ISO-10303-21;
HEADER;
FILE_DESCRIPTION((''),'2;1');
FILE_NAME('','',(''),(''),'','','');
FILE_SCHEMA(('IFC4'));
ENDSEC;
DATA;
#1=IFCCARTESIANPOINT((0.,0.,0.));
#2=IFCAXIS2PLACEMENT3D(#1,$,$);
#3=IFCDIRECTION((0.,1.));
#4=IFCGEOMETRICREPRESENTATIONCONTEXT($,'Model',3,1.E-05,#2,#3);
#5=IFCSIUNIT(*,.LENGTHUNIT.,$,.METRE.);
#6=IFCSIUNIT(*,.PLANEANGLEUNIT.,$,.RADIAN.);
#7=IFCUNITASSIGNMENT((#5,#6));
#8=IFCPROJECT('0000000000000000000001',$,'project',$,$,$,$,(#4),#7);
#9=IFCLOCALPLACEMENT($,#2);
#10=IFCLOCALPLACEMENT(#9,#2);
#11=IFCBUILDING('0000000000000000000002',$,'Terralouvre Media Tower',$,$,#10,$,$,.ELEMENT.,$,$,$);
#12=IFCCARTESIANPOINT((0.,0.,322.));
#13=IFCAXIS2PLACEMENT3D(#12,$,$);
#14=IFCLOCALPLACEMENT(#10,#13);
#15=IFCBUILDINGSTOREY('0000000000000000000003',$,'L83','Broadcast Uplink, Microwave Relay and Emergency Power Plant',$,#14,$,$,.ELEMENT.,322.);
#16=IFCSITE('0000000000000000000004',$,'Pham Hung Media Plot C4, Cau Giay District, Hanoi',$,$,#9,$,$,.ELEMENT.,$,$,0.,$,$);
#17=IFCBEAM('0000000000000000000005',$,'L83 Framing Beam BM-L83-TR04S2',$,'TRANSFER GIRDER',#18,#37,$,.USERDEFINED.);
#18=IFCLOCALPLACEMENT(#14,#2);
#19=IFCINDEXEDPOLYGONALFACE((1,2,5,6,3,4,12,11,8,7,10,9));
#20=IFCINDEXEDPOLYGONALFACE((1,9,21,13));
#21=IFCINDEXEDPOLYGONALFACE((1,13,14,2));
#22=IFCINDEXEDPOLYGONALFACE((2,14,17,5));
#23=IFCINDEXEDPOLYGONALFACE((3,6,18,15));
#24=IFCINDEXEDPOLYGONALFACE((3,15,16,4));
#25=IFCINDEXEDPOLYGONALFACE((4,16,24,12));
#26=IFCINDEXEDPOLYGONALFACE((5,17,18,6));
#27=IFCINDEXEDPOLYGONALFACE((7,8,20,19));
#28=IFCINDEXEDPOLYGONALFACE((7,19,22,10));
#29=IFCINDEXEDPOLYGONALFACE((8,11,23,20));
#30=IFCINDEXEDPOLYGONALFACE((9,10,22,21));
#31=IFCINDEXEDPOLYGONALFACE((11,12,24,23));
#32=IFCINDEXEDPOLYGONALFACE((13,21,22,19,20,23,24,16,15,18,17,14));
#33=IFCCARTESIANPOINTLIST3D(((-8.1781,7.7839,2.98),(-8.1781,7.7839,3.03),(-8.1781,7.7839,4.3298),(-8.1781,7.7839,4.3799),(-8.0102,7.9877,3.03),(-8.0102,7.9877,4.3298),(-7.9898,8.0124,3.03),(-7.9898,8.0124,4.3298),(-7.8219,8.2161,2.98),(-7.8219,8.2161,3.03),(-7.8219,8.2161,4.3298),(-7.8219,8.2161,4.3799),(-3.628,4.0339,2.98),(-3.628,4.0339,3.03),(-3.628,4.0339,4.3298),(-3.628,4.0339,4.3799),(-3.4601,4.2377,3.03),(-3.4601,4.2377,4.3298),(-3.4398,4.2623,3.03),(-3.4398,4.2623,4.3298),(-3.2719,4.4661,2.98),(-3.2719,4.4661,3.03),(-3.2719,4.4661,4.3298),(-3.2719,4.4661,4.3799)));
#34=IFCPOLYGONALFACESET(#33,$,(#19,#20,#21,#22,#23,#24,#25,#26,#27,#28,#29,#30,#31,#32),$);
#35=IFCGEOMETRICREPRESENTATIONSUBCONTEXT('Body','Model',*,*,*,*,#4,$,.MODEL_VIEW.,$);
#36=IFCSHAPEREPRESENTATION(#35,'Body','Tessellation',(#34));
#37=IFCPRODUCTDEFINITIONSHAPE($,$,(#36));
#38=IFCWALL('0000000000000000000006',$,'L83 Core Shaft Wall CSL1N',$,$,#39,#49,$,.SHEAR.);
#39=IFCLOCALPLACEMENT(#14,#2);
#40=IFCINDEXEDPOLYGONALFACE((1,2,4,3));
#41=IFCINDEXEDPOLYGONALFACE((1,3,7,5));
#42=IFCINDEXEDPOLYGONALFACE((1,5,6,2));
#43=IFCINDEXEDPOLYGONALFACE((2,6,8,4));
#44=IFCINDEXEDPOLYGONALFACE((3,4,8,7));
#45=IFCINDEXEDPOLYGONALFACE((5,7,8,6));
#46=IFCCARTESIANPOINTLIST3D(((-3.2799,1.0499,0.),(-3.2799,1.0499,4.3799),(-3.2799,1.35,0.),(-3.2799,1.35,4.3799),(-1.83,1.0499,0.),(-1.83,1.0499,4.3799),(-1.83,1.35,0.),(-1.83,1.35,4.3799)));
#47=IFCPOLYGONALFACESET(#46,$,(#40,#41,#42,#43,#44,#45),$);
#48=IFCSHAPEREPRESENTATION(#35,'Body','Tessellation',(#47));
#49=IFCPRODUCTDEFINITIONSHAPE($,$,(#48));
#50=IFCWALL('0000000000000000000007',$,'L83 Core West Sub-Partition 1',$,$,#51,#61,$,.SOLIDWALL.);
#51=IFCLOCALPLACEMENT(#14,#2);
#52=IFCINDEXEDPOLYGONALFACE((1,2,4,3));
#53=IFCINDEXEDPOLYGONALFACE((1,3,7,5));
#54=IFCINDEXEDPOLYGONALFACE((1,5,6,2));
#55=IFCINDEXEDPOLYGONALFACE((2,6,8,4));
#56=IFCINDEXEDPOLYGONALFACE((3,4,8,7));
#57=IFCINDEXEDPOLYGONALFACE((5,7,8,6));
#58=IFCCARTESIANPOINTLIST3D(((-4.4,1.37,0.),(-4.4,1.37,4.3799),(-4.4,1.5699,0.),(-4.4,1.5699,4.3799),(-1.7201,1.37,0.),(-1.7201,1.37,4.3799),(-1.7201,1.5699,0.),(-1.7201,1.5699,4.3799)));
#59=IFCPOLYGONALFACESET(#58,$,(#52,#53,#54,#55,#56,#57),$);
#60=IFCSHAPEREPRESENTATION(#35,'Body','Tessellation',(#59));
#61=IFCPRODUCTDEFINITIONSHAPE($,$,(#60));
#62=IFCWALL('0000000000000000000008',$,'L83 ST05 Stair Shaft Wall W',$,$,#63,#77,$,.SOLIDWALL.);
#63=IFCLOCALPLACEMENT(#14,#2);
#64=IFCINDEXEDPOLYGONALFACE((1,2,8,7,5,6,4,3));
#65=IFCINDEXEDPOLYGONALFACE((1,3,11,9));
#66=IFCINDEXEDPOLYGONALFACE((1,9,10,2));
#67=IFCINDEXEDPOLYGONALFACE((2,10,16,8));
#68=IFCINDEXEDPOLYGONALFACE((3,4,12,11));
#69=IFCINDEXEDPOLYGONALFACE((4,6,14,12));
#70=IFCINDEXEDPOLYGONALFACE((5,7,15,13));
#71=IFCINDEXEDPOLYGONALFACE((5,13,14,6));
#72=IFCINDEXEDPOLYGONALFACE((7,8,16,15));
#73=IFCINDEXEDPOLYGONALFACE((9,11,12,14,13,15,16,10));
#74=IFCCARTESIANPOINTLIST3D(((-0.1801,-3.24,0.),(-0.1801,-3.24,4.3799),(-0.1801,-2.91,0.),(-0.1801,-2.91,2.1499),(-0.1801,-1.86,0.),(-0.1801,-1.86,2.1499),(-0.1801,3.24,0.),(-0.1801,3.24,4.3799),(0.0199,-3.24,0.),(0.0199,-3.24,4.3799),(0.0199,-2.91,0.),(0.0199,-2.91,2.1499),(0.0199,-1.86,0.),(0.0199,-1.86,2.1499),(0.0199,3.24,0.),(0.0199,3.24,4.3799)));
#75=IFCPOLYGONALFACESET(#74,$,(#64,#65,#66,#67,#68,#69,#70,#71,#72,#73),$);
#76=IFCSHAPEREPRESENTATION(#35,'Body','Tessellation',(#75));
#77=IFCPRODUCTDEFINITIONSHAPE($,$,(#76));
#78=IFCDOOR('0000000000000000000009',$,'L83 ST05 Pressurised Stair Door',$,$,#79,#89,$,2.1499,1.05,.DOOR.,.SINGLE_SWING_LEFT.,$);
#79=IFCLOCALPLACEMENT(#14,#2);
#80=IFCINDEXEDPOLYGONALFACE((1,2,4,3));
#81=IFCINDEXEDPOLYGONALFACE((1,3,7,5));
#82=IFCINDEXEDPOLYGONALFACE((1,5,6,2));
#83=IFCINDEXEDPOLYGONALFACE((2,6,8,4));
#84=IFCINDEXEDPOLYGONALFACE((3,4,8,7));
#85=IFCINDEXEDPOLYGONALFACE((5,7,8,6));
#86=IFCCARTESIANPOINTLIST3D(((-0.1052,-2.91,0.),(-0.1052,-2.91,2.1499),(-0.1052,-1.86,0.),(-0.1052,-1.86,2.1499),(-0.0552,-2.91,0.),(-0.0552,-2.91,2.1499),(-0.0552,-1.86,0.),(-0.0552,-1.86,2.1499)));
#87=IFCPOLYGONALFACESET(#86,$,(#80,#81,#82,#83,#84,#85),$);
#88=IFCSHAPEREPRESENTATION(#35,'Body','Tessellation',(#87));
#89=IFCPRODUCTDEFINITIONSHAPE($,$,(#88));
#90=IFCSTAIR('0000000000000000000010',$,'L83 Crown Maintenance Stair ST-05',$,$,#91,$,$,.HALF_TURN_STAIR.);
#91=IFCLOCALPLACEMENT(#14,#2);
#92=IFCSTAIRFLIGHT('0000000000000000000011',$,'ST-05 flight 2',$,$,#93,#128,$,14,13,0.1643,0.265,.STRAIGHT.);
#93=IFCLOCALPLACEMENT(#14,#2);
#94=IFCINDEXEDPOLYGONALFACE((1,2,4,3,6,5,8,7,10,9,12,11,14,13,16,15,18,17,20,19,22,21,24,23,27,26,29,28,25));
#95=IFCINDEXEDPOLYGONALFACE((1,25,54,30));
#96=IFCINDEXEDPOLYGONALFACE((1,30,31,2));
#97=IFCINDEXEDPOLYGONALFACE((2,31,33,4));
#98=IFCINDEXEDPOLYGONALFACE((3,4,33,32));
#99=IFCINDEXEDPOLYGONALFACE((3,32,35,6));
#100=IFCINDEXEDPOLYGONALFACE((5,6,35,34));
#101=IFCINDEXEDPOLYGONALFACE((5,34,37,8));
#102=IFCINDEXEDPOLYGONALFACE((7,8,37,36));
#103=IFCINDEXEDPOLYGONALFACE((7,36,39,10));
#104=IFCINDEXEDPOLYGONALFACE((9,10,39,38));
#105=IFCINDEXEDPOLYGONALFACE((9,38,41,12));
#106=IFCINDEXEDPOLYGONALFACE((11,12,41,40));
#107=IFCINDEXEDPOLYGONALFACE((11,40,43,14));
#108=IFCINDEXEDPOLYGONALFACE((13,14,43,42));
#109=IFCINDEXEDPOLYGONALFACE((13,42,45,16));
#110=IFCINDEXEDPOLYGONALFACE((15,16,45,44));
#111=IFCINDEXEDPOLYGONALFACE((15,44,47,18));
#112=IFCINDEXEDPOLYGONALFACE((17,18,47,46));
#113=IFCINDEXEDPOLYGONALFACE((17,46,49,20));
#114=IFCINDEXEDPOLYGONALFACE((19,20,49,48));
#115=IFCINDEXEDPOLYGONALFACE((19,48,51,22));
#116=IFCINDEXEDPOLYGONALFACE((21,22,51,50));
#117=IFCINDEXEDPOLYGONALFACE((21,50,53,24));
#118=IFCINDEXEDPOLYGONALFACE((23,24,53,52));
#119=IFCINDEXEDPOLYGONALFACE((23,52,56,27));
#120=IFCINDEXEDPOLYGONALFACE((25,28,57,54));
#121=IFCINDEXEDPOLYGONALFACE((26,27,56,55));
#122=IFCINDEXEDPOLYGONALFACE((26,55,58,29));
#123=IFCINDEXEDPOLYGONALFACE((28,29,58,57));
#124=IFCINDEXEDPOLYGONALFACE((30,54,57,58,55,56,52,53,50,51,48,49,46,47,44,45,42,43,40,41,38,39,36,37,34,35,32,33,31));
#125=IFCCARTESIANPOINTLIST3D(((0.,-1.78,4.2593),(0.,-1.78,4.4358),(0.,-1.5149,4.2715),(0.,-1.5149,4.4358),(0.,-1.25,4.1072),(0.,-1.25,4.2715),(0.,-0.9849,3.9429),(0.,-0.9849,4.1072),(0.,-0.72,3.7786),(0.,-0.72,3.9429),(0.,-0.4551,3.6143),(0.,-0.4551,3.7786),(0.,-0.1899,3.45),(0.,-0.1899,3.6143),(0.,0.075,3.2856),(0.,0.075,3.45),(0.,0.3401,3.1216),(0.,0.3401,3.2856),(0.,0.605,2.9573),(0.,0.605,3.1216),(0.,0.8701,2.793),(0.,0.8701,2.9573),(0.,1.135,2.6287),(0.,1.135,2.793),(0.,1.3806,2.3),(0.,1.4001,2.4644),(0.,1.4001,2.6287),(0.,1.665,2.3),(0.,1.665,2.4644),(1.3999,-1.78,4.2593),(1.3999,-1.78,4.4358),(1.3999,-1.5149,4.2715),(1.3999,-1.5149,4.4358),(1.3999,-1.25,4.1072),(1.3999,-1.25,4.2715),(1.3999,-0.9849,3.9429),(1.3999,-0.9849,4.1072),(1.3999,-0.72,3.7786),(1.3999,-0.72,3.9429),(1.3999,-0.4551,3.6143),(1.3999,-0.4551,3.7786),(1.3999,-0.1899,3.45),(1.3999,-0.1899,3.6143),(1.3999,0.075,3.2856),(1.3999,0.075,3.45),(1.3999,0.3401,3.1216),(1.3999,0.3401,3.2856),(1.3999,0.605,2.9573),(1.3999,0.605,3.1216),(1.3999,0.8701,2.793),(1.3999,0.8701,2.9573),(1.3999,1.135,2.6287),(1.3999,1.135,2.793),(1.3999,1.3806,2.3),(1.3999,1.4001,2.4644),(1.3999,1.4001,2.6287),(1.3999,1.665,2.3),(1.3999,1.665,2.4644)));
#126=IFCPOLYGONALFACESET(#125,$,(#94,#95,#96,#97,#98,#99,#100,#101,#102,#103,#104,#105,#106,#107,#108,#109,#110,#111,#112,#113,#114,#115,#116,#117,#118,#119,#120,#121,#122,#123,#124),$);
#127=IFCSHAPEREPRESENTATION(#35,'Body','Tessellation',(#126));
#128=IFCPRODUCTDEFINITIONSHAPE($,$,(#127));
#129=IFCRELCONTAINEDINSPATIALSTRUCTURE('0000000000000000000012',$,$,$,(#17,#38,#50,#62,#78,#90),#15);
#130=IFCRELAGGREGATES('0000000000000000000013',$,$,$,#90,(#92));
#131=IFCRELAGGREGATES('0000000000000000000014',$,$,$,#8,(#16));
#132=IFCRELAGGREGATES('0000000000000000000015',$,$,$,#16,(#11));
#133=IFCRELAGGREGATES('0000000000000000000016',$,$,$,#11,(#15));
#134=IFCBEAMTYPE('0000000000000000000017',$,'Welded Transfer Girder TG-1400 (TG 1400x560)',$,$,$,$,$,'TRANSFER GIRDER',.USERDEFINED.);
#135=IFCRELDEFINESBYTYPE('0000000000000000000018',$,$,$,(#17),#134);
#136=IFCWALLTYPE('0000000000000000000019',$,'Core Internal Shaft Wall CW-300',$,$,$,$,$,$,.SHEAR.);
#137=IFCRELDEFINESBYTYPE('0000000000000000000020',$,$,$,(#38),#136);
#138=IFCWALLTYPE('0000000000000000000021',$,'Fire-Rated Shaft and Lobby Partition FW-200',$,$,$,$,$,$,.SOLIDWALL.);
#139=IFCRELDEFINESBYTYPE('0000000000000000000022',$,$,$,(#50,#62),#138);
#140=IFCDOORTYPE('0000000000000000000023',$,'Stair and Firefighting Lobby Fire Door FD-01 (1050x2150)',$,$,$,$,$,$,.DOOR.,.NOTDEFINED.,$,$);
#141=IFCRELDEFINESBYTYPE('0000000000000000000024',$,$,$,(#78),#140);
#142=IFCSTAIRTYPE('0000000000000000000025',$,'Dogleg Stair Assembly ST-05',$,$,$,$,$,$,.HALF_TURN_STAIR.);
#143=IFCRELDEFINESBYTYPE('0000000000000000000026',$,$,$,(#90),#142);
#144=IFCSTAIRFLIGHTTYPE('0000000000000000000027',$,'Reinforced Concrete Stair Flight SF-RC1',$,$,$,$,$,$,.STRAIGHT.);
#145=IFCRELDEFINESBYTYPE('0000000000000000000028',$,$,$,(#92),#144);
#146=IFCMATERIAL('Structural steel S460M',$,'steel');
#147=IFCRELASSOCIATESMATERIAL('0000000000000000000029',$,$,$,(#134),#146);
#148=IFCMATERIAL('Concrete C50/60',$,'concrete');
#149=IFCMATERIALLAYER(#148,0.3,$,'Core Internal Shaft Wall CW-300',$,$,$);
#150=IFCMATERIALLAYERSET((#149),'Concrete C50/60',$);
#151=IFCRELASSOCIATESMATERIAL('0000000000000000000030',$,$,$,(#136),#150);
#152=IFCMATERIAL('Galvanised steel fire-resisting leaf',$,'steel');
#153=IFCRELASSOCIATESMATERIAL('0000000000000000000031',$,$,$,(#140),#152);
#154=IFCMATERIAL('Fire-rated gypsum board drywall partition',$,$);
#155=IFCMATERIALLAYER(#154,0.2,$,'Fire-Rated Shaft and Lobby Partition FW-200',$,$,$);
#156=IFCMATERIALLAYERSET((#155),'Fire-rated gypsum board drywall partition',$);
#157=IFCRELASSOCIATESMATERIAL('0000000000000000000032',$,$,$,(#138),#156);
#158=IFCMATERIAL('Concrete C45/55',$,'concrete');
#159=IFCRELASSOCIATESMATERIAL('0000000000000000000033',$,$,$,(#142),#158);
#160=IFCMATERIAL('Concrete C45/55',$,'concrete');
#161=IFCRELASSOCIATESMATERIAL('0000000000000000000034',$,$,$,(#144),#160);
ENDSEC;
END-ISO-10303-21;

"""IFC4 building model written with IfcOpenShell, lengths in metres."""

from ifc_helpers import new_model, si_unit, direction, frame, frame_2d, origin, origin_2d, place, context, subcontext, project, spatial, polyline, rectangle, i_section, outline, extrude, material, layer, layer_set, material_profile, profile_set, type_object, element, fill, aggregate, save


model = new_model("IFC4")

# Units and contexts
model_context = context("Model", 3, precision=1e-05, world=origin(), true_north=direction((0.0, 1.0)))
body_context = subcontext(model_context, "Body", "Model", "MODEL_VIEW")
ifc_project = project(units=[si_unit("LENGTHUNIT", "METRE"), si_unit("PLANEANGLEUNIT", "RADIAN")], contexts=[model_context])

# Site, building, storey
site_placement = place(None, origin())
site = spatial("IfcSite", under=ifc_project, at=site_placement, Name="Pham Hung Media Plot C4, Cau Giay District, Hanoi", CompositionType="ELEMENT", RefElevation=0.0)
building_placement = place(site_placement, origin())
building = spatial("IfcBuilding", under=site, at=building_placement, Name="Terralouvre Media Tower", CompositionType="ELEMENT")
storey_placement = place(building_placement, frame((0.0, 0.0, 322.0)))
storey = spatial("IfcBuildingStorey", under=building, at=storey_placement, Name="L83", Description="Broadcast Uplink, Microwave Relay and Emergency Power Plant", CompositionType="ELEMENT", Elevation=322.0)

# Beam
ifc_material_1 = material(Name="Structural steel S460M", Category="steel")
ifc_material_profile_1 = material_profile(ifc_material_1, i_section(OverallWidth=0.5601, OverallDepth=1.3999, WebThickness=0.032, FlangeThickness=0.05, at=origin_2d()), Name="TG 1400x560")
ifc_profile_set_1 = profile_set([ifc_material_profile_1], Name="Structural steel S460M")
beam_type_1 = type_object("IfcBeamType", Name="Welded Transfer Girder TG-1400 (TG 1400x560)", ElementType="TRANSFER GIRDER", PredefinedType="USERDEFINED", material=ifc_profile_set_1)
beam_1_placement = place(storey_placement, frame((-3.45, 4.25, 3.6799), z_axis=(-0.771689, 0.636, 0.0), x_axis=(-0.636, -0.771689, 0.0)))
element("IfcBeam", 1, at=beam_1_placement, inside=storey, type_object=beam_type_1, Name="L83 Framing Beam BM-L83-TR04S2", ObjectType="TRANSFER GIRDER", PredefinedType="USERDEFINED", context=body_context, shape_type="SweptSolid", body=[
    extrude(i_section(OverallWidth=0.5601, OverallDepth=1.3999, WebThickness=0.032, FlangeThickness=0.05, at=origin_2d()), origin(), (0.0, 0.0, 1.0), 5.8962),
])

# Shared definitions
ifc_material_2 = material(Name="Concrete C50/60", Category="concrete")
ifc_layer_1 = layer(ifc_material_2, 0.3, Name="Core Internal Shaft Wall CW-300")
ifc_layer_set_1 = layer_set([ifc_layer_1], Name="Concrete C50/60")
wall_type_1 = type_object("IfcWallType", Name="Core Internal Shaft Wall CW-300", PredefinedType="SHEAR", material=ifc_layer_set_1)
ifc_material_3 = material(Name="Galvanised steel fire-resisting leaf", Category="steel")
door_type = type_object("IfcDoorType", Name="Stair and Firefighting Lobby Fire Door FD-01 (1050x2150)", OperationType="NOTDEFINED", PredefinedType="DOOR", material=ifc_material_3)

# Walls
wall_1_placement = place(storey_placement, frame((-3.28, 1.2, 0.0), z_axis=(0.0, 0.0, 1.0), x_axis=(1.0, 0.0, 0.0)))
element("IfcWall", 2, at=wall_1_placement, inside=storey, type_object=wall_type_1, Name="L83 Core Shaft Wall CSL1N", PredefinedType="SHEAR", context=body_context, shape_type="SweptSolid", body=[
    extrude(rectangle(XDim=1.45, YDim=0.3, at=frame_2d((0.7251, 0.0))), origin(), (0.0, 0.0, 1.0), 4.3799),
])
ifc_material_4 = material(Name="Fire-rated gypsum board drywall partition")
ifc_layer_2 = layer(ifc_material_4, 0.2, Name="Fire-Rated Shaft and Lobby Partition FW-200")
ifc_layer_set_2 = layer_set([ifc_layer_2], Name="Fire-rated gypsum board drywall partition")
wall_type_2 = type_object("IfcWallType", Name="Fire-Rated Shaft and Lobby Partition FW-200", PredefinedType="SOLIDWALL", material=ifc_layer_set_2)
wall_2_placement = place(storey_placement, frame((-4.3999, 1.47, 0.0), z_axis=(0.0, 0.0, 1.0), x_axis=(1.0, 0.0, 0.0)))
element("IfcWall", 3, at=wall_2_placement, inside=storey, type_object=wall_type_2, Name="L83 Core West Sub-Partition 1", PredefinedType="SOLIDWALL", context=body_context, shape_type="SweptSolid", body=[
    extrude(rectangle(XDim=2.6799, YDim=0.2, at=frame_2d((1.3398, 0.0))), origin(), (0.0, 0.0, 1.0), 4.3799),
])

# Wall, opening, door
wall_3_placement = place(storey_placement, frame((-0.0801, 3.24, 0.0), z_axis=(0.0, 0.0, 1.0), x_axis=(0.0, -1.0, 0.0)))
wall_3 = element("IfcWall", 4, at=wall_3_placement, inside=storey, type_object=wall_type_2, Name="L83 ST05 Stair Shaft Wall W", PredefinedType="SOLIDWALL", context=body_context, shape_type="SweptSolid", body=[
    extrude(rectangle(XDim=6.48, YDim=0.2, at=frame_2d((3.24, 0.0))), origin(), (0.0, 0.0, 1.0), 4.3799),
])
opening_1_placement = place(wall_3_placement, frame((5.1001, 0.0, 0.0)))
opening_1 = element("IfcOpeningElement", 5, at=opening_1_placement, cuts=wall_3, PredefinedType="OPENING", context=body_context, shape_type="SweptSolid", body=[
    extrude(rectangle(XDim=1.05, YDim=2.1499, at=frame_2d((0.5249, 1.075))), frame((0.0, 0.1099, 0.0), z_axis=(0.0, -1.0, 0.0), x_axis=(1.0, 0.0, 0.0)), (0.0, 0.0, 1.0), 0.22),
])
door_1_placement = place(opening_1_placement, origin())
door_1 = element("IfcDoor", 6, at=door_1_placement, inside=storey, type_object=door_type, Name="L83 ST05 Pressurised Stair Door", OperationType="SINGLE_SWING_LEFT", OverallHeight=2.1499, OverallWidth=1.05, PredefinedType="DOOR", context=body_context, shape_type="SweptSolid", body=[
    extrude(rectangle(XDim=1.05, YDim=2.1499, at=frame_2d((0.5249, 1.075))), frame((0.0, 0.0249, 0.0), z_axis=(0.0, -1.0, 0.0), x_axis=(1.0, 0.0, 0.0)), (0.0, 0.0, 1.0), 0.05),
])
fill(opening_1, door_1)

# Stair, stair flight
ifc_material_5 = material(Name="Concrete C45/55", Category="concrete")
stair_type = type_object("IfcStairType", Name="Dogleg Stair Assembly ST-05", PredefinedType="HALF_TURN_STAIR", material=ifc_material_5)
stair_placement = place(storey_placement, origin())
stair = element("IfcStair", 7, at=stair_placement, inside=storey, type_object=stair_type, Name="L83 Crown Maintenance Stair ST-05", PredefinedType="HALF_TURN_STAIR")
ifc_material_6 = material(Name="Concrete C45/55", Category="concrete")
stair_flight_type = type_object("IfcStairFlightType", Name="Reinforced Concrete Stair Flight SF-RC1", PredefinedType="STRAIGHT", material=ifc_material_6)
stair_flight_placement = place(storey_placement, frame((0.7, 1.665, 2.3), z_axis=(0.0, 0.0, 1.0), x_axis=(0.0, -1.0, 0.0)))
stair_flight = element("IfcStairFlight", 8, at=stair_flight_placement, type_object=stair_flight_type, Name="ST-05 flight 2", NumberOfRisers=14, NumberOfTreads=13, PredefinedType="STRAIGHT", RiserHeight=0.1643, TreadLength=0.265, context=body_context, shape_type="SweptSolid", body=[
    extrude(outline(polyline([(0.0, 0.0), (0.0, 0.1643), (0.2649, 0.1643), (0.2649, 0.3286), (0.53, 0.3286), (0.53, 0.4929), (0.7949, 0.4929), (0.7949, 0.6572), (1.0601, 0.6572), (1.0601, 0.8215), (1.325, 0.8215), (1.325, 0.9856), (1.5901, 0.9856), (1.5901, 1.1499), (1.855, 1.1499), (1.855, 1.3142), (2.1201, 1.3142), (2.1201, 1.4785), (2.385, 1.4785), (2.385, 1.6428), (2.6499, 1.6428), (2.6499, 1.8071), (2.915, 1.8071), (2.915, 1.9714), (3.1799, 1.9714), (3.1799, 2.1357), (3.4451, 2.1357), (3.4451, 2.3), (3.4451, 1.9592), (0.2844, 0.0), (0.0, 0.0)])), frame((0.0, 0.7, 0.0), z_axis=(0.0, -1.0, 0.0), x_axis=(1.0, 0.0, 0.0)), (0.0, 0.0, 1.0), 1.3999),
])
aggregate(stair, [stair_flight])

save(model, "model.ifc")
